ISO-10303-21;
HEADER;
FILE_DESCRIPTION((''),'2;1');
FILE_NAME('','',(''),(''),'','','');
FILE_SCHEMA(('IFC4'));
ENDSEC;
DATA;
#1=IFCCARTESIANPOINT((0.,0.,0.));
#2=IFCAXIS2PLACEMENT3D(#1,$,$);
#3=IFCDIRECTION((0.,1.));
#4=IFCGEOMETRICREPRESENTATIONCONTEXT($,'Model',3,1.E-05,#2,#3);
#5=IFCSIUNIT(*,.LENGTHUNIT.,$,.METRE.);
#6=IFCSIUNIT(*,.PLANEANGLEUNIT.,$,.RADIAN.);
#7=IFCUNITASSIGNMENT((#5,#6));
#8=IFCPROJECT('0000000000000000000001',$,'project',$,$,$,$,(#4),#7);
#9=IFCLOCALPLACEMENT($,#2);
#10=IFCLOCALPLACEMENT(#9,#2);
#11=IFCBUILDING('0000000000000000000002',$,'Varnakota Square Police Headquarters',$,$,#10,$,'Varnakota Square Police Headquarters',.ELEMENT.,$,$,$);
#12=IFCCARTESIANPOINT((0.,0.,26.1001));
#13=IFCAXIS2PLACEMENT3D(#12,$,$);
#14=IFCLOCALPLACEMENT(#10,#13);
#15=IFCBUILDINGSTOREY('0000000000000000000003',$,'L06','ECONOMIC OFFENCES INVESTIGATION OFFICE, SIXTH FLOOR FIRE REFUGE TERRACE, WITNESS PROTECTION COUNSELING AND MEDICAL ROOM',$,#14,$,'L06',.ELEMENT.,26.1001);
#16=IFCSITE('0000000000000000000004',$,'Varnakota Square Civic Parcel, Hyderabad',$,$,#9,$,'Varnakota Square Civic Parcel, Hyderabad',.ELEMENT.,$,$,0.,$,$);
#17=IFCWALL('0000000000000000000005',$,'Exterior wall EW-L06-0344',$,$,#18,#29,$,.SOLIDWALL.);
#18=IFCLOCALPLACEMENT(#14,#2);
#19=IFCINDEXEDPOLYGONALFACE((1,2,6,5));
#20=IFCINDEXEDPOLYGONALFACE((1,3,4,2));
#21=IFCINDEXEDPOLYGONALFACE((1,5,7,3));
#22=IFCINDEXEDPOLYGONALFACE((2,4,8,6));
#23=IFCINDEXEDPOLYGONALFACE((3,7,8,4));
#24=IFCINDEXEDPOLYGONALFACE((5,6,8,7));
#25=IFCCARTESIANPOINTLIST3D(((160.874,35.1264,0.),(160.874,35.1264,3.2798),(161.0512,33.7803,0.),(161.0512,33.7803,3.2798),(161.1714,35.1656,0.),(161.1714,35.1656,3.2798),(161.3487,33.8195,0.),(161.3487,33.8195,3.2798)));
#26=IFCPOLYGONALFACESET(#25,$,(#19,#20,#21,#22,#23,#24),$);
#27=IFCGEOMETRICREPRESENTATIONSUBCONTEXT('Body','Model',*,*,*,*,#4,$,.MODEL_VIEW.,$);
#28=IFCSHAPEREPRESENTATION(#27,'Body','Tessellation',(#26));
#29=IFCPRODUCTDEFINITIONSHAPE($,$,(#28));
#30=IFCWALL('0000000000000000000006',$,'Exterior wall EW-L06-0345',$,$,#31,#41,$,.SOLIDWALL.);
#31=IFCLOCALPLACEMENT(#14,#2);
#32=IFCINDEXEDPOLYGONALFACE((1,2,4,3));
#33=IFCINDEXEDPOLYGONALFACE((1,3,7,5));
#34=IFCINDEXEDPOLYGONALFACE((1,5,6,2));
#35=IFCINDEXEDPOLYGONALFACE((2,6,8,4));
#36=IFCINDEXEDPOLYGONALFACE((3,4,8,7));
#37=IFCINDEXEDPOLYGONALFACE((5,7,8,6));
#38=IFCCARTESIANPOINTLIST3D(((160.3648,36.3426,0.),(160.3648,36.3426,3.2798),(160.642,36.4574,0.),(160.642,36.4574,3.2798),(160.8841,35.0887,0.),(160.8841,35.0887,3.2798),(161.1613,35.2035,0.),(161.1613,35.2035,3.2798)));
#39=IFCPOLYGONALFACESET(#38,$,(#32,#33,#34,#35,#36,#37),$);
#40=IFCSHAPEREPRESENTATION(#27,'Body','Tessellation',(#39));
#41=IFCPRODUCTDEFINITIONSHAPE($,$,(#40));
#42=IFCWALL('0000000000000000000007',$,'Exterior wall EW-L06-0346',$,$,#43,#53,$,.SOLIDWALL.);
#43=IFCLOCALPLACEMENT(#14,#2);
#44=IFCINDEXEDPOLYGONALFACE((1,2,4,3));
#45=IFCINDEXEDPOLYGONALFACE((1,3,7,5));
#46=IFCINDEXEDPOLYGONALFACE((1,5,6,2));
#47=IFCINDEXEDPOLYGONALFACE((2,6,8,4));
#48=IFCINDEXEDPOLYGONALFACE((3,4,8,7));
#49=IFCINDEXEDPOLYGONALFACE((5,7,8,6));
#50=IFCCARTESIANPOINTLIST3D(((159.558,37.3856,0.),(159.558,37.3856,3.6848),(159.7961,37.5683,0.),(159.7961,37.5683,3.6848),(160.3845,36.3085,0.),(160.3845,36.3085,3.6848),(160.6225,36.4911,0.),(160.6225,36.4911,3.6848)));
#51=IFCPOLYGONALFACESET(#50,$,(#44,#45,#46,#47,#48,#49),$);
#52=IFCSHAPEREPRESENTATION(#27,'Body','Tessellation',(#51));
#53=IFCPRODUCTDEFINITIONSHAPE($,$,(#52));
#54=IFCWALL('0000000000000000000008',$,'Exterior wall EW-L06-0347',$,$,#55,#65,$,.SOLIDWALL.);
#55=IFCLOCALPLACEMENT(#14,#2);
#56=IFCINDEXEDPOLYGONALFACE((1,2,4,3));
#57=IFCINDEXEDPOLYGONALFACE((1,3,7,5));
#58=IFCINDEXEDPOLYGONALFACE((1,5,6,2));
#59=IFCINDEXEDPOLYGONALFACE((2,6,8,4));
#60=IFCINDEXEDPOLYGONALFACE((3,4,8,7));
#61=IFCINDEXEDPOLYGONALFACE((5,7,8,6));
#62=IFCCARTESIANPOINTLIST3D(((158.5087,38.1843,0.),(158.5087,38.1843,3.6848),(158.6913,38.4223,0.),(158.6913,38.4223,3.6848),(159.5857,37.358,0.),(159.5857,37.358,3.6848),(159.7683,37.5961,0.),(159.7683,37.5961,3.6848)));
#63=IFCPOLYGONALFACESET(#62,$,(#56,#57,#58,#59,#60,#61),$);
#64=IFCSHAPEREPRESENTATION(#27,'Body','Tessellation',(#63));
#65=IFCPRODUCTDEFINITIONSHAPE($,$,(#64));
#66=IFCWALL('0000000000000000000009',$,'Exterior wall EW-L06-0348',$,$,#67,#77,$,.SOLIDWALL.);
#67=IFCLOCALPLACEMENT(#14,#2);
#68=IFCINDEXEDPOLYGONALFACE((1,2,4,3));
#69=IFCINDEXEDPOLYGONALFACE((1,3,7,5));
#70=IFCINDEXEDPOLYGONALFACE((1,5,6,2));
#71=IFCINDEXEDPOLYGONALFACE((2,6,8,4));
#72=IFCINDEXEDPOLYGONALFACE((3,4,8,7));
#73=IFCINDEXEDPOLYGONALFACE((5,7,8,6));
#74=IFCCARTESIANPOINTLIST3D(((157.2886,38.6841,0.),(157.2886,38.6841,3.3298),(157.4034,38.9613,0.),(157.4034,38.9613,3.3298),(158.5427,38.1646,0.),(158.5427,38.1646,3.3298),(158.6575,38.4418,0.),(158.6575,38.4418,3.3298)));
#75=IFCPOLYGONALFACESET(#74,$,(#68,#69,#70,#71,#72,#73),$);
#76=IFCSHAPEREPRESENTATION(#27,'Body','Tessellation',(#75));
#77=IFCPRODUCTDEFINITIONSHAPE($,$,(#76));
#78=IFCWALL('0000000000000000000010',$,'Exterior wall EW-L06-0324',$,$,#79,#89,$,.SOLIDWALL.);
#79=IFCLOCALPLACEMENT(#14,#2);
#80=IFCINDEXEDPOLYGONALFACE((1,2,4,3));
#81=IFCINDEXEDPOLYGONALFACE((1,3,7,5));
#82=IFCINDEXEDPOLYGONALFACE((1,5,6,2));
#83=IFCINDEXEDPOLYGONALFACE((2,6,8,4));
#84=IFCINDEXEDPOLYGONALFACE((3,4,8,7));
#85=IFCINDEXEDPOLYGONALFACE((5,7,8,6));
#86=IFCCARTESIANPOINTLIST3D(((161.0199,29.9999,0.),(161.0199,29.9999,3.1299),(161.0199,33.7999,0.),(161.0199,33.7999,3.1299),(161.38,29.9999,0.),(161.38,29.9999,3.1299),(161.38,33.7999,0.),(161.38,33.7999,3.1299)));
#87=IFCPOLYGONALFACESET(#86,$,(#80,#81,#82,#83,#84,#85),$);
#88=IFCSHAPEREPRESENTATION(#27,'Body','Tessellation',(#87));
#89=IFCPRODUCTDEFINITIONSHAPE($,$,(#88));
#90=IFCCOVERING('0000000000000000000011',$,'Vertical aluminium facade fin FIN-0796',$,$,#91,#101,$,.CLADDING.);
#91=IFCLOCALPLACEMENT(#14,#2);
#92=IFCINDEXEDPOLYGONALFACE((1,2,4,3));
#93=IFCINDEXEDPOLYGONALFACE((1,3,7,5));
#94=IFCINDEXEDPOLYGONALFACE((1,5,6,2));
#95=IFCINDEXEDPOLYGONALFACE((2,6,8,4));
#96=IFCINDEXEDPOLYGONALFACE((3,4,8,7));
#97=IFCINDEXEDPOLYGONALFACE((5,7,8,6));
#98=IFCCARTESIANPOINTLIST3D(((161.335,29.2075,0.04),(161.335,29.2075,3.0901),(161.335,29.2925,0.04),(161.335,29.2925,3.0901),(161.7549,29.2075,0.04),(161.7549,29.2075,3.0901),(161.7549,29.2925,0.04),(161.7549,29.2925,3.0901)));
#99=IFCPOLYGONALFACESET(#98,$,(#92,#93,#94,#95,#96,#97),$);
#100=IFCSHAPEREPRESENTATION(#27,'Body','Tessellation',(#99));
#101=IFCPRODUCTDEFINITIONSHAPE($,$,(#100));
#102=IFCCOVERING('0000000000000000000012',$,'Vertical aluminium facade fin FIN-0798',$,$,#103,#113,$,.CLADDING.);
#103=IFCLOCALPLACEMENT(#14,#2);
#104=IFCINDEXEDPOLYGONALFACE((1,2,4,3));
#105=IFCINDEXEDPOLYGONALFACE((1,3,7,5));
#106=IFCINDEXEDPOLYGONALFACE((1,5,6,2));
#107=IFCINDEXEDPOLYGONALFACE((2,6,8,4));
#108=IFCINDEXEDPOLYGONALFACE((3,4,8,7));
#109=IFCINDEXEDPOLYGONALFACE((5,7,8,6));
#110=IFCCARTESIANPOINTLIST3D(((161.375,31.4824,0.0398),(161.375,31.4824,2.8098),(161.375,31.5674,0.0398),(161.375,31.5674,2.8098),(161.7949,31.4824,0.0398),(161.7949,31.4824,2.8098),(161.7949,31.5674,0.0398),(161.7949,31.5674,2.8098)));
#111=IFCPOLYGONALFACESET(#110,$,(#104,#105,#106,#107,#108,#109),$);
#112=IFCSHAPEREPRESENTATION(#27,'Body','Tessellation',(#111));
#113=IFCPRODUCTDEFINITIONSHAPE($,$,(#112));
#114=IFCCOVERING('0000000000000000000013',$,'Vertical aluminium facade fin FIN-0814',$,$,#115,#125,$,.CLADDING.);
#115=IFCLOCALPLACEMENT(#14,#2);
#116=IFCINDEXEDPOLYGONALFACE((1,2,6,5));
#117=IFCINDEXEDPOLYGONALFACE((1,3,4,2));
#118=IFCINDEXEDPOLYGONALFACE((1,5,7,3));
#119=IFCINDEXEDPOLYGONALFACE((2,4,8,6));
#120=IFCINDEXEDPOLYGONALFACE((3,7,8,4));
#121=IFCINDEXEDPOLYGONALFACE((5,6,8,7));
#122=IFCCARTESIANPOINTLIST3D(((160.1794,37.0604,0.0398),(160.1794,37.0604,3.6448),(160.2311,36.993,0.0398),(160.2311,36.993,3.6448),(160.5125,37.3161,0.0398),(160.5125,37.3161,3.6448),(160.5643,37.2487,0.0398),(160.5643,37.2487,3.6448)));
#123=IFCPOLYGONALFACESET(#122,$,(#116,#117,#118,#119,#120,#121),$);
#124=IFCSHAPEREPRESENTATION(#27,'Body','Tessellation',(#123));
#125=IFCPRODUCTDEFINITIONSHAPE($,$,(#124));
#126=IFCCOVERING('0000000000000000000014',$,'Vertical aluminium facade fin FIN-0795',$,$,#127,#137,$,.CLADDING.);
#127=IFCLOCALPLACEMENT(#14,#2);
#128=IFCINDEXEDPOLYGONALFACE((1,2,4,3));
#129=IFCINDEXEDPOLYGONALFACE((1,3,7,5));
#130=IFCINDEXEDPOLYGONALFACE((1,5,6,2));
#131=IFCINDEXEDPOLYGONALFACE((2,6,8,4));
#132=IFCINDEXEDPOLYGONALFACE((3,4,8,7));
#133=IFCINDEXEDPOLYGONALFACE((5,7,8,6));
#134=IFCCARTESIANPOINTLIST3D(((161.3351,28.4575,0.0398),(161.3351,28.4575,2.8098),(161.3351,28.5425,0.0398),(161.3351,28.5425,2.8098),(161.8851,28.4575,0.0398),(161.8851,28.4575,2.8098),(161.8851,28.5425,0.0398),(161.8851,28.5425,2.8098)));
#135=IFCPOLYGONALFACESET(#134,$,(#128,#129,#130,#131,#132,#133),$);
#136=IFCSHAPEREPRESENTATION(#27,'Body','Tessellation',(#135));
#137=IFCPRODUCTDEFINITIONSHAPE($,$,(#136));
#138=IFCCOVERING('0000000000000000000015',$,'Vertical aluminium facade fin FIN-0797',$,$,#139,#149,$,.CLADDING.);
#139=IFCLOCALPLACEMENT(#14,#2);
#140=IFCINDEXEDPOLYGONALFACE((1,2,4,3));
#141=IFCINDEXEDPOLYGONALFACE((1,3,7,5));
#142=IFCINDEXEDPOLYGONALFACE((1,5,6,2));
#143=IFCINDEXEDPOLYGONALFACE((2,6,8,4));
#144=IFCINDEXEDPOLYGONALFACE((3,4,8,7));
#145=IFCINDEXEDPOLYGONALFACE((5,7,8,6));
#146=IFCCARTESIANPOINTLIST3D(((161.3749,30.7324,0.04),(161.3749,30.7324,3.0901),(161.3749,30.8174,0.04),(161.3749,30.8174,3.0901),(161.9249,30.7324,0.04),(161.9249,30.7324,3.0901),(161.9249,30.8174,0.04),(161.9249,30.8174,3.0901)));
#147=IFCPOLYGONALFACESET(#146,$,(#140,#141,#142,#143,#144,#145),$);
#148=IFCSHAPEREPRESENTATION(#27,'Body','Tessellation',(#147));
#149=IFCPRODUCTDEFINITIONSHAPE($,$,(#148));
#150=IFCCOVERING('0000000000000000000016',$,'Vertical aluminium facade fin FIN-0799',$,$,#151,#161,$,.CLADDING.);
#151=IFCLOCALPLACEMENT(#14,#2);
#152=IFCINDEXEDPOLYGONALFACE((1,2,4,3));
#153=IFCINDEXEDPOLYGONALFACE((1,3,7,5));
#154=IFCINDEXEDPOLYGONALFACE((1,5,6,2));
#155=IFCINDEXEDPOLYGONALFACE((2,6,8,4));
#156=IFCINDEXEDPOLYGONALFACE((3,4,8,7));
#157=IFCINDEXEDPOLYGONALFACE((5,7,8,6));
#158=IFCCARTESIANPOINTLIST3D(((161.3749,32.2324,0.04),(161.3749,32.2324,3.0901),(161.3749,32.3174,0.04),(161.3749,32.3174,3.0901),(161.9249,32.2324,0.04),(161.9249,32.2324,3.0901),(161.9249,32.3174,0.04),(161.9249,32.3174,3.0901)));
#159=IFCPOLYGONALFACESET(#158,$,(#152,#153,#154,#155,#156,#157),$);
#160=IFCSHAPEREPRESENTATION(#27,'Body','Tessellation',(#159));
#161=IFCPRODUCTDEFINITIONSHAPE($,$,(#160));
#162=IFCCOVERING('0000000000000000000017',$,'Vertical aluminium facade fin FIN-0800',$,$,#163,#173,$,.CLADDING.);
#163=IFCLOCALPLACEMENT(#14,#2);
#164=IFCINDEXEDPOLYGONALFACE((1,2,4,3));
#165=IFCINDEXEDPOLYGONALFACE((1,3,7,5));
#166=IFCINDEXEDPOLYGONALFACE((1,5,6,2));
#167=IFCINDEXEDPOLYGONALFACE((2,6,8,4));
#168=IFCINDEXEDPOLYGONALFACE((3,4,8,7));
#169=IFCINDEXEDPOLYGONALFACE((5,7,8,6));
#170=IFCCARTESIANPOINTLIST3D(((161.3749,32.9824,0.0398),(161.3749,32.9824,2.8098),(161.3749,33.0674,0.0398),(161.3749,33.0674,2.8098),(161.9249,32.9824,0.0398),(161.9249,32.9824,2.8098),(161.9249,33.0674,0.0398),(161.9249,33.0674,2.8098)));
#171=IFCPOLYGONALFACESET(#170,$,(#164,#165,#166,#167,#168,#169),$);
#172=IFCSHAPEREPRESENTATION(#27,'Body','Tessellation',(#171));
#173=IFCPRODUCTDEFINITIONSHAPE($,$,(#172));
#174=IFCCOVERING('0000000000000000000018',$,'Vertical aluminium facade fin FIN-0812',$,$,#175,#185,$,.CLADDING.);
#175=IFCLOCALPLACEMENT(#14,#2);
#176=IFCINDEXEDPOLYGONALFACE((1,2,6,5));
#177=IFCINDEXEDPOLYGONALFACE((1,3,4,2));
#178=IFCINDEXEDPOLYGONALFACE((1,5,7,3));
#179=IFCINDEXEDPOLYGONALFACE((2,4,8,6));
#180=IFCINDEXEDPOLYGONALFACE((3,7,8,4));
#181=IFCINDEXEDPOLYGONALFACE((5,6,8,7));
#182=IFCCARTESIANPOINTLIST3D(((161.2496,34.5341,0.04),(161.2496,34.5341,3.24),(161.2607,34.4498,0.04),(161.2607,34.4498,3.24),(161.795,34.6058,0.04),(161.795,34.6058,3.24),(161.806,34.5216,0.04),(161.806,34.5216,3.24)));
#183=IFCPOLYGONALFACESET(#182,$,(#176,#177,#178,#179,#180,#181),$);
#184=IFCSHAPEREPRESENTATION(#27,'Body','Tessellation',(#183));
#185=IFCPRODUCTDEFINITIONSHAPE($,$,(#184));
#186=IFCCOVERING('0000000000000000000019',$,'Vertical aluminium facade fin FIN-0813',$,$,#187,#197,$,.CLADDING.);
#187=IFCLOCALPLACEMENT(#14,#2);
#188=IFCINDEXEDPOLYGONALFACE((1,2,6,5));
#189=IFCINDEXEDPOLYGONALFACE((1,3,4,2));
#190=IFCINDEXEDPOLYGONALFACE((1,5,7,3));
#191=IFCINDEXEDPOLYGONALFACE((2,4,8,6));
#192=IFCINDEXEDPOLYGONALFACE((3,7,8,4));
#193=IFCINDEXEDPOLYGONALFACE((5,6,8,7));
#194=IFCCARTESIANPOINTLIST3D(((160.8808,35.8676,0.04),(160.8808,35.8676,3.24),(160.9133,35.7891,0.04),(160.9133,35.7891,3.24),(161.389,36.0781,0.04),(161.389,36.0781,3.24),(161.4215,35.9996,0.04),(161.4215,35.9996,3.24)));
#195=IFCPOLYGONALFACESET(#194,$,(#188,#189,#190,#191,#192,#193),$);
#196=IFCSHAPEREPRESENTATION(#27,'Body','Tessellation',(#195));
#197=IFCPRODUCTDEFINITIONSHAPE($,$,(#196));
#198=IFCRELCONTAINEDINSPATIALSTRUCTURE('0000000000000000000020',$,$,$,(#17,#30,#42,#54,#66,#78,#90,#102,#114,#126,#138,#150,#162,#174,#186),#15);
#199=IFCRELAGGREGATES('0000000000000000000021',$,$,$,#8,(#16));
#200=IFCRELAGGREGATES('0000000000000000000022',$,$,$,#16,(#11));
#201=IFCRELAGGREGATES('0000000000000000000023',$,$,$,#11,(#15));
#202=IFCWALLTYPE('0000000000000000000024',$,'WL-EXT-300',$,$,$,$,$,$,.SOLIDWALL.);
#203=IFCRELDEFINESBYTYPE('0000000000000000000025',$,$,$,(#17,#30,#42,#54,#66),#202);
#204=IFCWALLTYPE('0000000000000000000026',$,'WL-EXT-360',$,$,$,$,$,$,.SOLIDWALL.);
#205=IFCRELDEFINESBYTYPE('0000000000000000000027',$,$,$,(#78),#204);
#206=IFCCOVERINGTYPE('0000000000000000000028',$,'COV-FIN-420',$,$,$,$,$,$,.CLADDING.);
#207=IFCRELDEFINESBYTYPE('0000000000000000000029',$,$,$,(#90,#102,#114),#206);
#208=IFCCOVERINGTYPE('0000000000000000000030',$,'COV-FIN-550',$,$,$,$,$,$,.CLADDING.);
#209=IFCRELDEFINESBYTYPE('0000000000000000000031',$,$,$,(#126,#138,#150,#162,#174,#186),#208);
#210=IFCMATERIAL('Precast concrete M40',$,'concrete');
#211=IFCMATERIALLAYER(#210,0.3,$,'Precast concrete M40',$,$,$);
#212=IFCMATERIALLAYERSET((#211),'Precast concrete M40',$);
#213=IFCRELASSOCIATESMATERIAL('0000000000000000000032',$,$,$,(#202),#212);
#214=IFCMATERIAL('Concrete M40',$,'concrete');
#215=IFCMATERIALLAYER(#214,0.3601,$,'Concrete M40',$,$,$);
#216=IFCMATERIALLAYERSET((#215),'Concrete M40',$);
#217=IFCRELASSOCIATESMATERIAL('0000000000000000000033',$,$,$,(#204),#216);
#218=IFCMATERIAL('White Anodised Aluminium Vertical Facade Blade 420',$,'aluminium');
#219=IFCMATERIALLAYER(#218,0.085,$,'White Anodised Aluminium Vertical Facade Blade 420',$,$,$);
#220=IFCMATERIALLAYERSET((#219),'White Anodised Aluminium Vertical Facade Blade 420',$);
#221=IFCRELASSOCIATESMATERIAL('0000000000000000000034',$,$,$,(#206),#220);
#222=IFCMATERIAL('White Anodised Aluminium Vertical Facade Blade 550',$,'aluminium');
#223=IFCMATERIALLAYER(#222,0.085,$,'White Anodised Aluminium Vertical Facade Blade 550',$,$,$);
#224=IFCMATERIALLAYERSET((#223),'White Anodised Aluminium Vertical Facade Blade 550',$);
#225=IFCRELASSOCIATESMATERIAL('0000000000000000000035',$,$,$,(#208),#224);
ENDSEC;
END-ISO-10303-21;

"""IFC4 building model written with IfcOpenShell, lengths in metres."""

from ifc_helpers import new_model, si_unit, direction, frame, frame_2d, origin, origin_2d, place, context, subcontext, project, spatial, rectangle, extrude, material, layer, layer_set, type_object, element, save


model = new_model("IFC4")

# Units and contexts
model_context = context("Model", 3, precision=1e-05, world=origin(), true_north=direction((0.0, 1.0)))
body_context = subcontext(model_context, "Body", "Model", "MODEL_VIEW")
ifc_project = project(units=[si_unit("LENGTHUNIT", "METRE"), si_unit("PLANEANGLEUNIT", "RADIAN")], contexts=[model_context])

# Site, building, storey
site_placement = place(None, origin())
site = spatial("IfcSite", under=ifc_project, at=site_placement, Name="Varnakota Square Civic Parcel, Hyderabad", LongName="Varnakota Square Civic Parcel, Hyderabad", CompositionType="ELEMENT", RefElevation=0.0)
building_placement = place(site_placement, origin())
building = spatial("IfcBuilding", under=site, at=building_placement, Name="Varnakota Square Police Headquarters", LongName="Varnakota Square Police Headquarters", CompositionType="ELEMENT")
storey_placement = place(building_placement, frame((0.0, 0.0, 26.1001)))
storey = spatial("IfcBuildingStorey", under=building, at=storey_placement, Name="L06", Description="ECONOMIC OFFENCES INVESTIGATION OFFICE, SIXTH FLOOR FIRE REFUGE TERRACE, WITNESS PROTECTION COUNSELING AND MEDICAL ROOM", LongName="L06", CompositionType="ELEMENT", Elevation=26.1001)

# Walls
ifc_material_1 = material(Name="Concrete M40", Category="concrete")
ifc_material_2 = material(Name="Precast concrete M40", Category="concrete")
ifc_layer_1 = layer(ifc_material_2, 0.3, Name="Precast concrete M40")
ifc_layer_set_1 = layer_set([ifc_layer_1], Name="Precast concrete M40")
wall_type_1 = type_object("IfcWallType", Name="WL-EXT-300", PredefinedType="SOLIDWALL", material=ifc_layer_set_1)
wall_1_placement = place(storey_placement, frame((161.2, 33.8, 0.0), z_axis=(0.0, 0.0, 1.0), x_axis=(-0.130562, 0.99144, 0.0)))
element("IfcWall", 1, at=wall_1_placement, inside=storey, type_object=wall_type_1, Name="Exterior wall EW-L06-0344", PredefinedType="SOLIDWALL", context=body_context, shape_type="SweptSolid", body=[
    extrude(rectangle(XDim=1.3577, YDim=0.3, at=frame_2d((0.6787, 0.0))), origin(), (0.0, 0.0, 1.0), 3.2798),
])
wall_2_placement = place(storey_placement, frame((161.0227, 35.146, 0.0), z_axis=(0.0, 0.0, 1.0), x_axis=(-0.382622, 0.923905, 0.0)))
element("IfcWall", 2, at=wall_2_placement, inside=storey, type_object=wall_type_1, Name="Exterior wall EW-L06-0345", PredefinedType="SOLIDWALL", context=body_context, shape_type="SweptSolid", body=[
    extrude(rectangle(XDim=1.3572, YDim=0.3, at=frame_2d((0.6787, 0.0))), origin(), (0.0, 0.0, 1.0), 3.2798),
])
wall_3_placement = place(storey_placement, frame((160.5034, 36.3999, 0.0), z_axis=(0.0, 0.0, 1.0), x_axis=(-0.608711, 0.793392, 0.0)))
element("IfcWall", 3, at=wall_3_placement, inside=storey, type_object=wall_type_1, Name="Exterior wall EW-L06-0346", PredefinedType="SOLIDWALL", context=body_context, shape_type="SweptSolid", body=[
    extrude(rectangle(XDim=1.3577, YDim=0.3, at=frame_2d((0.6787, 0.0))), origin(), (0.0, 0.0, 1.0), 3.6848),
])
wall_4_placement = place(storey_placement, frame((159.677, 37.4771, 0.0), z_axis=(0.0, 0.0, 1.0), x_axis=(-0.793412, 0.608685, 0.0)))
element("IfcWall", 4, at=wall_4_placement, inside=storey, type_object=wall_type_1, Name="Exterior wall EW-L06-0347", PredefinedType="SOLIDWALL", context=body_context, shape_type="SweptSolid", body=[
    extrude(rectangle(XDim=1.3574, YDim=0.3, at=frame_2d((0.6787, 0.0))), origin(), (0.0, 0.0, 1.0), 3.6848),
])
wall_5_placement = place(storey_placement, frame((158.6001, 38.3032, 0.0), z_axis=(0.0, 0.0, 1.0), x_axis=(-0.923868, 0.382712, 0.0)))
element("IfcWall", 5, at=wall_5_placement, inside=storey, type_object=wall_type_1, Name="Exterior wall EW-L06-0348", PredefinedType="SOLIDWALL", context=body_context, shape_type="SweptSolid", body=[
    extrude(rectangle(XDim=1.3574, YDim=0.3, at=frame_2d((0.6787, 0.0))), origin(), (0.0, 0.0, 1.0), 3.3298),
])
ifc_layer_2 = layer(ifc_material_1, 0.3601, Name="Concrete M40")
ifc_layer_set_2 = layer_set([ifc_layer_2], Name="Concrete M40")
wall_type_2 = type_object("IfcWallType", Name="WL-EXT-360", PredefinedType="SOLIDWALL", material=ifc_layer_set_2)
wall_6_placement = place(storey_placement, frame((161.2, 30.0, 0.0), z_axis=(0.0, 0.0, 1.0), x_axis=(0.0, 1.0, 0.0)))
element("IfcWall", 6, at=wall_6_placement, inside=storey, type_object=wall_type_2, Name="Exterior wall EW-L06-0324", PredefinedType="SOLIDWALL", context=body_context, shape_type="SweptSolid", body=[
    extrude(rectangle(XDim=3.8, YDim=0.3601, at=frame_2d((1.8999, 0.0))), origin(), (0.0, 0.0, 1.0), 3.1299),
])

# Coverings
ifc_material_3 = material(Name="White Anodised Aluminium Vertical Facade Blade 420", Category="aluminium")
ifc_layer_3 = layer(ifc_material_3, 0.085, Name="White Anodised Aluminium Vertical Facade Blade 420")
ifc_layer_set_3 = layer_set([ifc_layer_3], Name="White Anodised Aluminium Vertical Facade Blade 420")
covering_type_1 = type_object("IfcCoveringType", Name="COV-FIN-420", PredefinedType="CLADDING", material=ifc_layer_set_3)
covering_1_placement = place(storey_placement, frame((161.5449, 29.25, 0.04), z_axis=(0.0, 0.0, 1.0), x_axis=(0.0, 1.0, 0.0)))
element("IfcCovering", 7, at=covering_1_placement, inside=storey, type_object=covering_type_1, Name="Vertical aluminium facade fin FIN-0796", PredefinedType="CLADDING", context=body_context, shape_type="SweptSolid", body=[
    extrude(rectangle(XDim=0.085, YDim=0.4199, at=origin_2d()), origin(), (0.0, 0.0, 1.0), 3.05),
])
covering_2_placement = place(storey_placement, frame((161.585, 31.5249, 0.0398), z_axis=(0.0, 0.0, 1.0), x_axis=(0.0, 1.0, 0.0)))
element("IfcCovering", 8, at=covering_2_placement, inside=storey, type_object=covering_type_1, Name="Vertical aluminium facade fin FIN-0798", PredefinedType="CLADDING", context=body_context, shape_type="SweptSolid", body=[
    extrude(rectangle(XDim=0.085, YDim=0.4199, at=origin_2d()), origin(), (0.0, 0.0, 1.0), 2.77),
])
covering_3_placement = place(storey_placement, frame((160.3718, 37.1545, 0.0398), z_axis=(0.0, 0.0, 1.0), x_axis=(-0.608761, 0.793353, 0.0)))
element("IfcCovering", 9, at=covering_3_placement, inside=storey, type_object=covering_type_1, Name="Vertical aluminium facade fin FIN-0814", PredefinedType="CLADDING", context=body_context, shape_type="SweptSolid", body=[
    extrude(rectangle(XDim=0.085, YDim=0.4199, at=origin_2d()), origin(), (0.0, 0.0, 1.0), 3.605),
])
ifc_material_4 = material(Name="White Anodised Aluminium Vertical Facade Blade 550", Category="aluminium")
ifc_layer_4 = layer(ifc_material_4, 0.085, Name="White Anodised Aluminium Vertical Facade Blade 550")
ifc_layer_set_4 = layer_set([ifc_layer_4], Name="White Anodised Aluminium Vertical Facade Blade 550")
covering_type_2 = type_object("IfcCoveringType", Name="COV-FIN-550", PredefinedType="CLADDING", material=ifc_layer_set_4)
covering_4_placement = place(storey_placement, frame((161.6101, 28.5, 0.0398), z_axis=(0.0, 0.0, 1.0), x_axis=(0.0, 1.0, 0.0)))
element("IfcCovering", 10, at=covering_4_placement, inside=storey, type_object=covering_type_2, Name="Vertical aluminium facade fin FIN-0795", PredefinedType="CLADDING", context=body_context, shape_type="SweptSolid", body=[
    extrude(rectangle(XDim=0.085, YDim=0.55, at=origin_2d()), origin(), (0.0, 0.0, 1.0), 2.77),
])
for number, where, z_axis, x_axis, name in (
    (11, (161.6499, 30.7749, 0.04), (0.0, 0.0, 1.0), (0.0, 1.0, 0.0), "Vertical aluminium facade fin FIN-0797"),
    (12, (161.6499, 32.2749, 0.04), (0.0, 0.0, 1.0), (0.0, 1.0, 0.0), "Vertical aluminium facade fin FIN-0799"),
):
    element("IfcCovering", number, at=place(storey_placement, frame(where, z_axis=z_axis, x_axis=x_axis)), inside=storey, type_object=covering_type_2, Name=name, PredefinedType="CLADDING", context=body_context, shape_type="SweptSolid", body=[
        extrude(rectangle(XDim=0.085, YDim=0.55, at=origin_2d()), origin(), (0.0, 0.0, 1.0), 3.05),
    ])
covering_5_placement = place(storey_placement, frame((161.6499, 33.0249, 0.0398), z_axis=(0.0, 0.0, 1.0), x_axis=(0.0, 1.0, 0.0)))
element("IfcCovering", 13, at=covering_5_placement, inside=storey, type_object=covering_type_2, Name="Vertical aluminium facade fin FIN-0800", PredefinedType="CLADDING", context=body_context, shape_type="SweptSolid", body=[
    extrude(rectangle(XDim=0.085, YDim=0.55, at=origin_2d()), origin(), (0.0, 0.0, 1.0), 2.77),
])
for number, where, z_axis, x_axis, name in (
    (14, (161.5278, 34.5278, 0.04), (0.0, 0.0, 1.0), (-0.130526, 0.991445, 0.0), "Vertical aluminium facade fin FIN-0812"),
    (15, (161.1511, 35.9336, 0.04), (0.0, 0.0, 1.0), (-0.382683, 0.92388, 0.0), "Vertical aluminium facade fin FIN-0813"),
):
    element("IfcCovering", number, at=place(storey_placement, frame(where, z_axis=z_axis, x_axis=x_axis)), inside=storey, type_object=covering_type_2, Name=name, PredefinedType="CLADDING", context=body_context, shape_type="SweptSolid", body=[
        extrude(rectangle(XDim=0.085, YDim=0.55, at=origin_2d()), origin(), (0.0, 0.0, 1.0), 3.2),
    ])

save(model, "model.ifc")
